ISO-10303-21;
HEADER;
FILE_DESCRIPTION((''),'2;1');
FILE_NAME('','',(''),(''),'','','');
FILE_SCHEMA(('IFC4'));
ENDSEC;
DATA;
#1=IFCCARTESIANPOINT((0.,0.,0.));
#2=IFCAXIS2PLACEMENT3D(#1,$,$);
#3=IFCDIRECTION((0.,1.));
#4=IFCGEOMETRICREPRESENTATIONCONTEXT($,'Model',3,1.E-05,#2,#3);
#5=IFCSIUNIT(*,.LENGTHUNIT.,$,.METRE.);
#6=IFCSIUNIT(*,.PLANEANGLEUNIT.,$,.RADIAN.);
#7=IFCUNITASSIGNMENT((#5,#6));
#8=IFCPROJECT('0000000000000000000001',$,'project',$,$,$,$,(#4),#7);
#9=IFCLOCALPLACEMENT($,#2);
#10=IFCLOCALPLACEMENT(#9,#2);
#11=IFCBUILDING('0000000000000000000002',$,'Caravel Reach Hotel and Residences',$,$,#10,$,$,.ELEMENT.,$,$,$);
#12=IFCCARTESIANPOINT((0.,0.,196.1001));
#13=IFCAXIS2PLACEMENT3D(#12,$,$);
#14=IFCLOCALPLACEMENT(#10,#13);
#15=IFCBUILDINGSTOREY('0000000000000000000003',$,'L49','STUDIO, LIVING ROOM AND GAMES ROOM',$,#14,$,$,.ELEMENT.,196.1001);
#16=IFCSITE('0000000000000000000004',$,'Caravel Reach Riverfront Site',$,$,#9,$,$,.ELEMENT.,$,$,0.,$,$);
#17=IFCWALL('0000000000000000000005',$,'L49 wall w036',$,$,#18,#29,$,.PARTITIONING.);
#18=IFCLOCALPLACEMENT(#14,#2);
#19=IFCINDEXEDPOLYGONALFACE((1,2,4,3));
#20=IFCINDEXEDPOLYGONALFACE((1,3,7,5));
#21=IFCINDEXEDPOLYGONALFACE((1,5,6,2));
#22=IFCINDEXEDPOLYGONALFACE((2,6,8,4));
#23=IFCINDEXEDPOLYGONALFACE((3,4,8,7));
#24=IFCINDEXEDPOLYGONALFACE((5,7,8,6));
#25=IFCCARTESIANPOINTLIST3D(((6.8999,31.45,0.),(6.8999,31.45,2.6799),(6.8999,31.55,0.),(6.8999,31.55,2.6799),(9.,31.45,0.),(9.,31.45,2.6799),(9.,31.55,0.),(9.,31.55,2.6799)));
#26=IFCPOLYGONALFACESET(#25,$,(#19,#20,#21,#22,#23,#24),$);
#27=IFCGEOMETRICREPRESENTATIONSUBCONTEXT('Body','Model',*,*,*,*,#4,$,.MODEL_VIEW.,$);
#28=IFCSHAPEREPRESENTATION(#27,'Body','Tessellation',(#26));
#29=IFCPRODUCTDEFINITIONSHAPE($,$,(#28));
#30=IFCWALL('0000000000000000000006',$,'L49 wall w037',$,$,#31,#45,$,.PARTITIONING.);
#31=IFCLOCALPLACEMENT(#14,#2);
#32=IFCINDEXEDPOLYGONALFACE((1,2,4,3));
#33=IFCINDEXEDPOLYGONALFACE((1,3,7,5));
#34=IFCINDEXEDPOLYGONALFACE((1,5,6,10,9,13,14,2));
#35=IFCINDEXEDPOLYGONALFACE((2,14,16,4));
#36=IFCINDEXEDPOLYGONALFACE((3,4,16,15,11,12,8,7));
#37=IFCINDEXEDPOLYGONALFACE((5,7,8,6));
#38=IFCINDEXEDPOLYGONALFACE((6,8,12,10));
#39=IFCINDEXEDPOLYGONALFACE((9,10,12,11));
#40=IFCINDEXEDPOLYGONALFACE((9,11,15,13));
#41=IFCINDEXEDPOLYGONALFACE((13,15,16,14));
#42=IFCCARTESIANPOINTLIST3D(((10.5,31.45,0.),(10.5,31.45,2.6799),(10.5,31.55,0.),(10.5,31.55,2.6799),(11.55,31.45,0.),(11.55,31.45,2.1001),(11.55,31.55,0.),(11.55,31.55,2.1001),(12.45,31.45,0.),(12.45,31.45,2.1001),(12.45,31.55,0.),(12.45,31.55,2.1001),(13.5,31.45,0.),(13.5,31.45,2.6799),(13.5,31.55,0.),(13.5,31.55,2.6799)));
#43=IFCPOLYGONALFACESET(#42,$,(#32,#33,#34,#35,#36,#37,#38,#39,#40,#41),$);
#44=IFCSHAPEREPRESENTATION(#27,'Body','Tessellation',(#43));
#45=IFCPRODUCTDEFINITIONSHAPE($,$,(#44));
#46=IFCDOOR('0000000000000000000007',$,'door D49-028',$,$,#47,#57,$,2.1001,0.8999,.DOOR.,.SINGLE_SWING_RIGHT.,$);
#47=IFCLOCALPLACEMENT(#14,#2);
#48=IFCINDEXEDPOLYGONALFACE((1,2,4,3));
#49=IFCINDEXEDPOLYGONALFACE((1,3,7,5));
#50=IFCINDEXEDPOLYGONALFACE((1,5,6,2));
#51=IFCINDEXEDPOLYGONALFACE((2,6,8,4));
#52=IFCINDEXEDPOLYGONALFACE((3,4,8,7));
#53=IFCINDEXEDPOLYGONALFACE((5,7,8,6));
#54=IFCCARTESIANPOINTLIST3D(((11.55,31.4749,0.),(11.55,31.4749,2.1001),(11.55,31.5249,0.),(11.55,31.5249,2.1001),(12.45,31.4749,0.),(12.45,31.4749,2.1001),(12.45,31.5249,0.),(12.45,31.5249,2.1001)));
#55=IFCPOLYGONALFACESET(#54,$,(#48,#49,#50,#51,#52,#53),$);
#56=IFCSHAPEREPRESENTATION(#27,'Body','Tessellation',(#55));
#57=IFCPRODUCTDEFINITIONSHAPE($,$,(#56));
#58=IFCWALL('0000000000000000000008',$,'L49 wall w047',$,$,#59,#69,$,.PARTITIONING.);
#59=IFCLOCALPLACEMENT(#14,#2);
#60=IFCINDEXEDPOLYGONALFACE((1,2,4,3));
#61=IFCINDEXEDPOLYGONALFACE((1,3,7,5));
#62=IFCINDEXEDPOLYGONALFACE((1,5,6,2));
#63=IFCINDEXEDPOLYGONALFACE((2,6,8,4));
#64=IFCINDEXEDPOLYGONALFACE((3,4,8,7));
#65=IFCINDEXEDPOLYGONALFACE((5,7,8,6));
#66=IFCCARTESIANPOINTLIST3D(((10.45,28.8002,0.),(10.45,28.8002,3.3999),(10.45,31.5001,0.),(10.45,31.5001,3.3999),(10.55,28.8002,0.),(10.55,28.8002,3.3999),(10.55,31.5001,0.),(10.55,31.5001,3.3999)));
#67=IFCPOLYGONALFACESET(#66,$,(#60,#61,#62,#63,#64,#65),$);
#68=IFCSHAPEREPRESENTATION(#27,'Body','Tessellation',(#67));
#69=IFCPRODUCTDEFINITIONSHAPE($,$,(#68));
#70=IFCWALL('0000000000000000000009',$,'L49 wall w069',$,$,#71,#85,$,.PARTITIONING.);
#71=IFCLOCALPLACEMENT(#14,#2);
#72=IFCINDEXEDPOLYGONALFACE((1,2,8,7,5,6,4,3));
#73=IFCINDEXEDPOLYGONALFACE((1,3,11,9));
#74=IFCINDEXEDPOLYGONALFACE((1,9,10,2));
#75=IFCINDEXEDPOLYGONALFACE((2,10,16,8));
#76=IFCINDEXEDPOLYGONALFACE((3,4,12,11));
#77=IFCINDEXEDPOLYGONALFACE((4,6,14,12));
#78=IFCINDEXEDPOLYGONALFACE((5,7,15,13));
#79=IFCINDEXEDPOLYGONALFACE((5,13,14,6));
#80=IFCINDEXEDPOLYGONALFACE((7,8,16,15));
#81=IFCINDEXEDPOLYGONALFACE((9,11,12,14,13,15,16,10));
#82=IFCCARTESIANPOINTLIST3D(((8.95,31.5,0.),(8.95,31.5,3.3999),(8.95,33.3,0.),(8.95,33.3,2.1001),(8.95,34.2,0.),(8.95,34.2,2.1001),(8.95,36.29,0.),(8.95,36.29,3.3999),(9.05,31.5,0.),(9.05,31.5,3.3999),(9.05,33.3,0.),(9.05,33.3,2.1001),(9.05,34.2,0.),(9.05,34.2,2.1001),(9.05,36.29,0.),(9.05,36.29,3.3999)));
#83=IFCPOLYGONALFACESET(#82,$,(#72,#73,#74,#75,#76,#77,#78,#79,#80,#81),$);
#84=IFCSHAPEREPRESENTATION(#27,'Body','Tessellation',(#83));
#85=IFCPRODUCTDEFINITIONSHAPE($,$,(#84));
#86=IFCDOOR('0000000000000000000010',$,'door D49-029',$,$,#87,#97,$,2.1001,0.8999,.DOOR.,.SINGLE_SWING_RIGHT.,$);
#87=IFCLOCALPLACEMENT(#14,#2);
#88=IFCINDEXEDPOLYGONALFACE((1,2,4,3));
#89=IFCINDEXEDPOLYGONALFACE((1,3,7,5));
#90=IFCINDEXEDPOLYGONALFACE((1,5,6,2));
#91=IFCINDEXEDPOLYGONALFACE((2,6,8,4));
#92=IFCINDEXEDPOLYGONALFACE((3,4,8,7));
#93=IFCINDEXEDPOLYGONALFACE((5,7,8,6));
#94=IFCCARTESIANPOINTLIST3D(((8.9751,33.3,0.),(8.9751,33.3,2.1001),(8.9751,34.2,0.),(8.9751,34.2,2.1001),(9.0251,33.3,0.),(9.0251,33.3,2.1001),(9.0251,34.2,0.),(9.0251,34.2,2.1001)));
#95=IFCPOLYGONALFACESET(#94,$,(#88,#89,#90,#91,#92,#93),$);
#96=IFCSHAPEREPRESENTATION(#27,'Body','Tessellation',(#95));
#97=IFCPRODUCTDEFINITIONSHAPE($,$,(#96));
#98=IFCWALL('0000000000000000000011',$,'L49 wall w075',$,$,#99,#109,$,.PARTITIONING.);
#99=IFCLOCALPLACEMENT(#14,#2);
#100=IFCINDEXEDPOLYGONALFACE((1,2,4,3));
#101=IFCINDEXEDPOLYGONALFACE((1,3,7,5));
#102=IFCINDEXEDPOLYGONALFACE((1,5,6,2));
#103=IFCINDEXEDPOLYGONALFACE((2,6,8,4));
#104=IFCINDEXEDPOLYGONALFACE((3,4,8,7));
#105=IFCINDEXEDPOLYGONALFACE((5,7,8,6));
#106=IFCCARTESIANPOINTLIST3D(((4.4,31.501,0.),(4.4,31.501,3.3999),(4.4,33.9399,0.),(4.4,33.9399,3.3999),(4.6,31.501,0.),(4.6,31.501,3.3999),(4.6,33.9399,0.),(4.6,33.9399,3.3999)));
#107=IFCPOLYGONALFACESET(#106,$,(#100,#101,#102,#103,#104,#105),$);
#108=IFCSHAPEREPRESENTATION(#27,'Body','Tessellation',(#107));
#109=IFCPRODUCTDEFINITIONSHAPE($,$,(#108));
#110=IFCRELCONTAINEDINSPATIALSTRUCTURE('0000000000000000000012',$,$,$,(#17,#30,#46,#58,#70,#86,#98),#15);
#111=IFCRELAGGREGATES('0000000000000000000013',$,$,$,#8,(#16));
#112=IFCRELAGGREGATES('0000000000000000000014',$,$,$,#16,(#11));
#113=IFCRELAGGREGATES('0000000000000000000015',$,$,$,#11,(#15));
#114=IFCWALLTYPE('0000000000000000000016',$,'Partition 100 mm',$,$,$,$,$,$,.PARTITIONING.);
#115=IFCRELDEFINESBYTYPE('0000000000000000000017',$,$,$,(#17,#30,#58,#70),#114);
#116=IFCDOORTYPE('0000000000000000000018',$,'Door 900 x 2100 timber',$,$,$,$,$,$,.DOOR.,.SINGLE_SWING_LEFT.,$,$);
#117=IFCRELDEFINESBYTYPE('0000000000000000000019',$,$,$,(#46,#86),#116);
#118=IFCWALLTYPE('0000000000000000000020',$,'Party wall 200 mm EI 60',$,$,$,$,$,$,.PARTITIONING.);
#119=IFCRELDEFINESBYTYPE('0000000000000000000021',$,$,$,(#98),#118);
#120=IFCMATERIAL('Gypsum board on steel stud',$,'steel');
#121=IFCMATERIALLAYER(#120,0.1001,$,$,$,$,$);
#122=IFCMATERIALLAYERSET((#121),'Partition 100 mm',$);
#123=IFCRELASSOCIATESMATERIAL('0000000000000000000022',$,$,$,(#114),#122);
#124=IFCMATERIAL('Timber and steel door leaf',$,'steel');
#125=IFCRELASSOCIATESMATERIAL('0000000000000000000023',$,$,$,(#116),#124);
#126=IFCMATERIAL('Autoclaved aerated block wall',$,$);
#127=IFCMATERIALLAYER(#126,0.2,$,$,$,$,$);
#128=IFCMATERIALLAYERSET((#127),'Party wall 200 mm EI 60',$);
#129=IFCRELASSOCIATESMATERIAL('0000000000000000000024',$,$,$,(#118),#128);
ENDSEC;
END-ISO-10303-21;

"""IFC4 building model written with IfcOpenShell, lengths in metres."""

from ifc_helpers import new_model, si_unit, direction, frame, frame_2d, origin, place, context, subcontext, project, spatial, rectangle, extrude, material, layer, layer_set, type_object, element, fill, save


model = new_model("IFC4")

# Units and contexts
model_context = context("Model", 3, precision=1e-05, world=origin(), true_north=direction((0.0, 1.0)))
body_context = subcontext(model_context, "Body", "Model", "MODEL_VIEW")
ifc_project = project(units=[si_unit("LENGTHUNIT", "METRE"), si_unit("PLANEANGLEUNIT", "RADIAN")], contexts=[model_context])

# Site, building, storey
site_placement = place(None, origin())
site = spatial("IfcSite", under=ifc_project, at=site_placement, Name="Caravel Reach Riverfront Site", CompositionType="ELEMENT", RefElevation=0.0)
building_placement = place(site_placement, origin())
building = spatial("IfcBuilding", under=site, at=building_placement, Name="Caravel Reach Hotel and Residences", CompositionType="ELEMENT")
storey_placement = place(building_placement, frame((0.0, 0.0, 196.1001)))
storey = spatial("IfcBuildingStorey", under=building, at=storey_placement, Name="L49", Description="STUDIO, LIVING ROOM AND GAMES ROOM", CompositionType="ELEMENT", Elevation=196.1001)

# Wall
ifc_material_1 = material(Name="Gypsum board on steel stud", Category="steel")
ifc_layer_1 = layer(ifc_material_1, 0.1001)
ifc_layer_set_1 = layer_set([ifc_layer_1], Name="Partition 100 mm")
wall_type_1 = type_object("IfcWallType", Name="Partition 100 mm", PredefinedType="PARTITIONING", material=ifc_layer_set_1)
wall_1_placement = place(storey_placement, frame((6.8999, 31.5, 0.0), z_axis=(0.0, 0.0, 1.0), x_axis=(1.0, 0.0, 0.0)))
element("IfcWall", 1, at=wall_1_placement, inside=storey, type_object=wall_type_1, Name="L49 wall w036", PredefinedType="PARTITIONING", context=body_context, shape_type="SweptSolid", body=[
    extrude(rectangle(XDim=2.1001, YDim=0.1001, at=frame_2d((1.05, 0.0))), origin(), (0.0, 0.0, 1.0), 2.6799),
])

# Wall, opening, door
wall_2_placement = place(storey_placement, frame((10.5, 31.5, 0.0), z_axis=(0.0, 0.0, 1.0), x_axis=(1.0, 0.0, 0.0)))
wall_2 = element("IfcWall", 2, at=wall_2_placement, inside=storey, type_object=wall_type_1, Name="L49 wall w037", PredefinedType="PARTITIONING", context=body_context, shape_type="SweptSolid", body=[
    extrude(rectangle(XDim=3.0, YDim=0.1001, at=frame_2d((1.5, 0.0))), origin(), (0.0, 0.0, 1.0), 2.6799),
])
opening_1_placement = place(wall_2_placement, frame((1.05, 0.0, 0.0)))
opening_1 = element("IfcOpeningElement", 3, at=opening_1_placement, cuts=wall_2, PredefinedType="OPENING", context=body_context, shape_type="SweptSolid", body=[
    extrude(rectangle(XDim=0.8999, YDim=2.1001, at=frame_2d((0.45, 1.05))), frame((0.0, 0.0601, 0.0), z_axis=(0.0, -1.0, 0.0), x_axis=(1.0, 0.0, 0.0)), (0.0, 0.0, 1.0), 0.1201),
])
ifc_material_2 = material(Name="Timber and steel door leaf", Category="steel")
door_type_1 = type_object("IfcDoorType", Name="Door 900 x 2100 timber", OperationType="SINGLE_SWING_LEFT", PredefinedType="DOOR", material=ifc_material_2)
door_1_placement = place(opening_1_placement, origin())
door_1 = element("IfcDoor", 4, at=door_1_placement, inside=storey, type_object=door_type_1, Name="door D49-028", OperationType="SINGLE_SWING_RIGHT", OverallHeight=2.1001, OverallWidth=0.8999, PredefinedType="DOOR", context=body_context, shape_type="SweptSolid", body=[
    extrude(rectangle(XDim=0.8999, YDim=2.1001, at=frame_2d((0.45, 1.05))), frame((0.0, 0.0249, 0.0), z_axis=(0.0, -1.0, 0.0), x_axis=(1.0, 0.0, 0.0)), (0.0, 0.0, 1.0), 0.05),
])
fill(opening_1, door_1)

# Wall
wall_3_placement = place(storey_placement, frame((10.5, 28.8, 0.0), z_axis=(0.0, 0.0, 1.0), x_axis=(0.0, 1.0, 0.0)))
element("IfcWall", 5, at=wall_3_placement, inside=storey, type_object=wall_type_1, Name="L49 wall w047", PredefinedType="PARTITIONING", context=body_context, shape_type="SweptSolid", body=[
    extrude(rectangle(XDim=2.7, YDim=0.1001, at=frame_2d((1.3501, 0.0))), origin(), (0.0, 0.0, 1.0), 3.3999),
])

# Wall, opening, door
wall_4_placement = place(storey_placement, frame((9.0, 31.5, 0.0), z_axis=(0.0, 0.0, 1.0), x_axis=(0.0, 1.0, 0.0)))
wall_4 = element("IfcWall", 6, at=wall_4_placement, inside=storey, type_object=wall_type_1, Name="L49 wall w069", PredefinedType="PARTITIONING", context=body_context, shape_type="SweptSolid", body=[
    extrude(rectangle(XDim=4.79, YDim=0.1001, at=frame_2d((2.395, 0.0))), origin(), (0.0, 0.0, 1.0), 3.3999),
])
opening_2_placement = place(wall_4_placement, frame((1.8, 0.0, 0.0)))
opening_2 = element("IfcOpeningElement", 7, at=opening_2_placement, cuts=wall_4, PredefinedType="OPENING", context=body_context, shape_type="SweptSolid", body=[
    extrude(rectangle(XDim=0.8999, YDim=2.1001, at=frame_2d((0.45, 1.05))), frame((0.0, 0.0601, 0.0), z_axis=(0.0, -1.0, 0.0), x_axis=(1.0, 0.0, 0.0)), (0.0, 0.0, 1.0), 0.1201),
])
door_2_placement = place(opening_2_placement, origin())
door_2 = element("IfcDoor", 8, at=door_2_placement, inside=storey, type_object=door_type_1, Name="door D49-029", OperationType="SINGLE_SWING_RIGHT", OverallHeight=2.1001, OverallWidth=0.8999, PredefinedType="DOOR", context=body_context, shape_type="SweptSolid", body=[
    extrude(rectangle(XDim=0.8999, YDim=2.1001, at=frame_2d((0.45, 1.05))), frame((0.0, 0.0249, 0.0), z_axis=(0.0, -1.0, 0.0), x_axis=(1.0, 0.0, 0.0)), (0.0, 0.0, 1.0), 0.05),
])
fill(opening_2, door_2)

# Wall
ifc_material_3 = material(Name="Autoclaved aerated block wall")
ifc_layer_2 = layer(ifc_material_3, 0.2)
ifc_layer_set_2 = layer_set([ifc_layer_2], Name="Party wall 200 mm EI 60")
wall_type_2 = type_object("IfcWallType", Name="Party wall 200 mm EI 60", PredefinedType="PARTITIONING", material=ifc_layer_set_2)
wall_5_placement = place(storey_placement, frame((4.5, 31.501, 0.0), z_axis=(0.0, 0.0, 1.0), x_axis=(0.0, 1.0, 0.0)))
element("IfcWall", 9, at=wall_5_placement, inside=storey, type_object=wall_type_2, Name="L49 wall w075", PredefinedType="PARTITIONING", context=body_context, shape_type="SweptSolid", body=[
    extrude(rectangle(XDim=2.439, YDim=0.2, at=frame_2d((1.2195, 0.0))), origin(), (0.0, 0.0, 1.0), 3.3999),
])

save(model, "model.ifc")
